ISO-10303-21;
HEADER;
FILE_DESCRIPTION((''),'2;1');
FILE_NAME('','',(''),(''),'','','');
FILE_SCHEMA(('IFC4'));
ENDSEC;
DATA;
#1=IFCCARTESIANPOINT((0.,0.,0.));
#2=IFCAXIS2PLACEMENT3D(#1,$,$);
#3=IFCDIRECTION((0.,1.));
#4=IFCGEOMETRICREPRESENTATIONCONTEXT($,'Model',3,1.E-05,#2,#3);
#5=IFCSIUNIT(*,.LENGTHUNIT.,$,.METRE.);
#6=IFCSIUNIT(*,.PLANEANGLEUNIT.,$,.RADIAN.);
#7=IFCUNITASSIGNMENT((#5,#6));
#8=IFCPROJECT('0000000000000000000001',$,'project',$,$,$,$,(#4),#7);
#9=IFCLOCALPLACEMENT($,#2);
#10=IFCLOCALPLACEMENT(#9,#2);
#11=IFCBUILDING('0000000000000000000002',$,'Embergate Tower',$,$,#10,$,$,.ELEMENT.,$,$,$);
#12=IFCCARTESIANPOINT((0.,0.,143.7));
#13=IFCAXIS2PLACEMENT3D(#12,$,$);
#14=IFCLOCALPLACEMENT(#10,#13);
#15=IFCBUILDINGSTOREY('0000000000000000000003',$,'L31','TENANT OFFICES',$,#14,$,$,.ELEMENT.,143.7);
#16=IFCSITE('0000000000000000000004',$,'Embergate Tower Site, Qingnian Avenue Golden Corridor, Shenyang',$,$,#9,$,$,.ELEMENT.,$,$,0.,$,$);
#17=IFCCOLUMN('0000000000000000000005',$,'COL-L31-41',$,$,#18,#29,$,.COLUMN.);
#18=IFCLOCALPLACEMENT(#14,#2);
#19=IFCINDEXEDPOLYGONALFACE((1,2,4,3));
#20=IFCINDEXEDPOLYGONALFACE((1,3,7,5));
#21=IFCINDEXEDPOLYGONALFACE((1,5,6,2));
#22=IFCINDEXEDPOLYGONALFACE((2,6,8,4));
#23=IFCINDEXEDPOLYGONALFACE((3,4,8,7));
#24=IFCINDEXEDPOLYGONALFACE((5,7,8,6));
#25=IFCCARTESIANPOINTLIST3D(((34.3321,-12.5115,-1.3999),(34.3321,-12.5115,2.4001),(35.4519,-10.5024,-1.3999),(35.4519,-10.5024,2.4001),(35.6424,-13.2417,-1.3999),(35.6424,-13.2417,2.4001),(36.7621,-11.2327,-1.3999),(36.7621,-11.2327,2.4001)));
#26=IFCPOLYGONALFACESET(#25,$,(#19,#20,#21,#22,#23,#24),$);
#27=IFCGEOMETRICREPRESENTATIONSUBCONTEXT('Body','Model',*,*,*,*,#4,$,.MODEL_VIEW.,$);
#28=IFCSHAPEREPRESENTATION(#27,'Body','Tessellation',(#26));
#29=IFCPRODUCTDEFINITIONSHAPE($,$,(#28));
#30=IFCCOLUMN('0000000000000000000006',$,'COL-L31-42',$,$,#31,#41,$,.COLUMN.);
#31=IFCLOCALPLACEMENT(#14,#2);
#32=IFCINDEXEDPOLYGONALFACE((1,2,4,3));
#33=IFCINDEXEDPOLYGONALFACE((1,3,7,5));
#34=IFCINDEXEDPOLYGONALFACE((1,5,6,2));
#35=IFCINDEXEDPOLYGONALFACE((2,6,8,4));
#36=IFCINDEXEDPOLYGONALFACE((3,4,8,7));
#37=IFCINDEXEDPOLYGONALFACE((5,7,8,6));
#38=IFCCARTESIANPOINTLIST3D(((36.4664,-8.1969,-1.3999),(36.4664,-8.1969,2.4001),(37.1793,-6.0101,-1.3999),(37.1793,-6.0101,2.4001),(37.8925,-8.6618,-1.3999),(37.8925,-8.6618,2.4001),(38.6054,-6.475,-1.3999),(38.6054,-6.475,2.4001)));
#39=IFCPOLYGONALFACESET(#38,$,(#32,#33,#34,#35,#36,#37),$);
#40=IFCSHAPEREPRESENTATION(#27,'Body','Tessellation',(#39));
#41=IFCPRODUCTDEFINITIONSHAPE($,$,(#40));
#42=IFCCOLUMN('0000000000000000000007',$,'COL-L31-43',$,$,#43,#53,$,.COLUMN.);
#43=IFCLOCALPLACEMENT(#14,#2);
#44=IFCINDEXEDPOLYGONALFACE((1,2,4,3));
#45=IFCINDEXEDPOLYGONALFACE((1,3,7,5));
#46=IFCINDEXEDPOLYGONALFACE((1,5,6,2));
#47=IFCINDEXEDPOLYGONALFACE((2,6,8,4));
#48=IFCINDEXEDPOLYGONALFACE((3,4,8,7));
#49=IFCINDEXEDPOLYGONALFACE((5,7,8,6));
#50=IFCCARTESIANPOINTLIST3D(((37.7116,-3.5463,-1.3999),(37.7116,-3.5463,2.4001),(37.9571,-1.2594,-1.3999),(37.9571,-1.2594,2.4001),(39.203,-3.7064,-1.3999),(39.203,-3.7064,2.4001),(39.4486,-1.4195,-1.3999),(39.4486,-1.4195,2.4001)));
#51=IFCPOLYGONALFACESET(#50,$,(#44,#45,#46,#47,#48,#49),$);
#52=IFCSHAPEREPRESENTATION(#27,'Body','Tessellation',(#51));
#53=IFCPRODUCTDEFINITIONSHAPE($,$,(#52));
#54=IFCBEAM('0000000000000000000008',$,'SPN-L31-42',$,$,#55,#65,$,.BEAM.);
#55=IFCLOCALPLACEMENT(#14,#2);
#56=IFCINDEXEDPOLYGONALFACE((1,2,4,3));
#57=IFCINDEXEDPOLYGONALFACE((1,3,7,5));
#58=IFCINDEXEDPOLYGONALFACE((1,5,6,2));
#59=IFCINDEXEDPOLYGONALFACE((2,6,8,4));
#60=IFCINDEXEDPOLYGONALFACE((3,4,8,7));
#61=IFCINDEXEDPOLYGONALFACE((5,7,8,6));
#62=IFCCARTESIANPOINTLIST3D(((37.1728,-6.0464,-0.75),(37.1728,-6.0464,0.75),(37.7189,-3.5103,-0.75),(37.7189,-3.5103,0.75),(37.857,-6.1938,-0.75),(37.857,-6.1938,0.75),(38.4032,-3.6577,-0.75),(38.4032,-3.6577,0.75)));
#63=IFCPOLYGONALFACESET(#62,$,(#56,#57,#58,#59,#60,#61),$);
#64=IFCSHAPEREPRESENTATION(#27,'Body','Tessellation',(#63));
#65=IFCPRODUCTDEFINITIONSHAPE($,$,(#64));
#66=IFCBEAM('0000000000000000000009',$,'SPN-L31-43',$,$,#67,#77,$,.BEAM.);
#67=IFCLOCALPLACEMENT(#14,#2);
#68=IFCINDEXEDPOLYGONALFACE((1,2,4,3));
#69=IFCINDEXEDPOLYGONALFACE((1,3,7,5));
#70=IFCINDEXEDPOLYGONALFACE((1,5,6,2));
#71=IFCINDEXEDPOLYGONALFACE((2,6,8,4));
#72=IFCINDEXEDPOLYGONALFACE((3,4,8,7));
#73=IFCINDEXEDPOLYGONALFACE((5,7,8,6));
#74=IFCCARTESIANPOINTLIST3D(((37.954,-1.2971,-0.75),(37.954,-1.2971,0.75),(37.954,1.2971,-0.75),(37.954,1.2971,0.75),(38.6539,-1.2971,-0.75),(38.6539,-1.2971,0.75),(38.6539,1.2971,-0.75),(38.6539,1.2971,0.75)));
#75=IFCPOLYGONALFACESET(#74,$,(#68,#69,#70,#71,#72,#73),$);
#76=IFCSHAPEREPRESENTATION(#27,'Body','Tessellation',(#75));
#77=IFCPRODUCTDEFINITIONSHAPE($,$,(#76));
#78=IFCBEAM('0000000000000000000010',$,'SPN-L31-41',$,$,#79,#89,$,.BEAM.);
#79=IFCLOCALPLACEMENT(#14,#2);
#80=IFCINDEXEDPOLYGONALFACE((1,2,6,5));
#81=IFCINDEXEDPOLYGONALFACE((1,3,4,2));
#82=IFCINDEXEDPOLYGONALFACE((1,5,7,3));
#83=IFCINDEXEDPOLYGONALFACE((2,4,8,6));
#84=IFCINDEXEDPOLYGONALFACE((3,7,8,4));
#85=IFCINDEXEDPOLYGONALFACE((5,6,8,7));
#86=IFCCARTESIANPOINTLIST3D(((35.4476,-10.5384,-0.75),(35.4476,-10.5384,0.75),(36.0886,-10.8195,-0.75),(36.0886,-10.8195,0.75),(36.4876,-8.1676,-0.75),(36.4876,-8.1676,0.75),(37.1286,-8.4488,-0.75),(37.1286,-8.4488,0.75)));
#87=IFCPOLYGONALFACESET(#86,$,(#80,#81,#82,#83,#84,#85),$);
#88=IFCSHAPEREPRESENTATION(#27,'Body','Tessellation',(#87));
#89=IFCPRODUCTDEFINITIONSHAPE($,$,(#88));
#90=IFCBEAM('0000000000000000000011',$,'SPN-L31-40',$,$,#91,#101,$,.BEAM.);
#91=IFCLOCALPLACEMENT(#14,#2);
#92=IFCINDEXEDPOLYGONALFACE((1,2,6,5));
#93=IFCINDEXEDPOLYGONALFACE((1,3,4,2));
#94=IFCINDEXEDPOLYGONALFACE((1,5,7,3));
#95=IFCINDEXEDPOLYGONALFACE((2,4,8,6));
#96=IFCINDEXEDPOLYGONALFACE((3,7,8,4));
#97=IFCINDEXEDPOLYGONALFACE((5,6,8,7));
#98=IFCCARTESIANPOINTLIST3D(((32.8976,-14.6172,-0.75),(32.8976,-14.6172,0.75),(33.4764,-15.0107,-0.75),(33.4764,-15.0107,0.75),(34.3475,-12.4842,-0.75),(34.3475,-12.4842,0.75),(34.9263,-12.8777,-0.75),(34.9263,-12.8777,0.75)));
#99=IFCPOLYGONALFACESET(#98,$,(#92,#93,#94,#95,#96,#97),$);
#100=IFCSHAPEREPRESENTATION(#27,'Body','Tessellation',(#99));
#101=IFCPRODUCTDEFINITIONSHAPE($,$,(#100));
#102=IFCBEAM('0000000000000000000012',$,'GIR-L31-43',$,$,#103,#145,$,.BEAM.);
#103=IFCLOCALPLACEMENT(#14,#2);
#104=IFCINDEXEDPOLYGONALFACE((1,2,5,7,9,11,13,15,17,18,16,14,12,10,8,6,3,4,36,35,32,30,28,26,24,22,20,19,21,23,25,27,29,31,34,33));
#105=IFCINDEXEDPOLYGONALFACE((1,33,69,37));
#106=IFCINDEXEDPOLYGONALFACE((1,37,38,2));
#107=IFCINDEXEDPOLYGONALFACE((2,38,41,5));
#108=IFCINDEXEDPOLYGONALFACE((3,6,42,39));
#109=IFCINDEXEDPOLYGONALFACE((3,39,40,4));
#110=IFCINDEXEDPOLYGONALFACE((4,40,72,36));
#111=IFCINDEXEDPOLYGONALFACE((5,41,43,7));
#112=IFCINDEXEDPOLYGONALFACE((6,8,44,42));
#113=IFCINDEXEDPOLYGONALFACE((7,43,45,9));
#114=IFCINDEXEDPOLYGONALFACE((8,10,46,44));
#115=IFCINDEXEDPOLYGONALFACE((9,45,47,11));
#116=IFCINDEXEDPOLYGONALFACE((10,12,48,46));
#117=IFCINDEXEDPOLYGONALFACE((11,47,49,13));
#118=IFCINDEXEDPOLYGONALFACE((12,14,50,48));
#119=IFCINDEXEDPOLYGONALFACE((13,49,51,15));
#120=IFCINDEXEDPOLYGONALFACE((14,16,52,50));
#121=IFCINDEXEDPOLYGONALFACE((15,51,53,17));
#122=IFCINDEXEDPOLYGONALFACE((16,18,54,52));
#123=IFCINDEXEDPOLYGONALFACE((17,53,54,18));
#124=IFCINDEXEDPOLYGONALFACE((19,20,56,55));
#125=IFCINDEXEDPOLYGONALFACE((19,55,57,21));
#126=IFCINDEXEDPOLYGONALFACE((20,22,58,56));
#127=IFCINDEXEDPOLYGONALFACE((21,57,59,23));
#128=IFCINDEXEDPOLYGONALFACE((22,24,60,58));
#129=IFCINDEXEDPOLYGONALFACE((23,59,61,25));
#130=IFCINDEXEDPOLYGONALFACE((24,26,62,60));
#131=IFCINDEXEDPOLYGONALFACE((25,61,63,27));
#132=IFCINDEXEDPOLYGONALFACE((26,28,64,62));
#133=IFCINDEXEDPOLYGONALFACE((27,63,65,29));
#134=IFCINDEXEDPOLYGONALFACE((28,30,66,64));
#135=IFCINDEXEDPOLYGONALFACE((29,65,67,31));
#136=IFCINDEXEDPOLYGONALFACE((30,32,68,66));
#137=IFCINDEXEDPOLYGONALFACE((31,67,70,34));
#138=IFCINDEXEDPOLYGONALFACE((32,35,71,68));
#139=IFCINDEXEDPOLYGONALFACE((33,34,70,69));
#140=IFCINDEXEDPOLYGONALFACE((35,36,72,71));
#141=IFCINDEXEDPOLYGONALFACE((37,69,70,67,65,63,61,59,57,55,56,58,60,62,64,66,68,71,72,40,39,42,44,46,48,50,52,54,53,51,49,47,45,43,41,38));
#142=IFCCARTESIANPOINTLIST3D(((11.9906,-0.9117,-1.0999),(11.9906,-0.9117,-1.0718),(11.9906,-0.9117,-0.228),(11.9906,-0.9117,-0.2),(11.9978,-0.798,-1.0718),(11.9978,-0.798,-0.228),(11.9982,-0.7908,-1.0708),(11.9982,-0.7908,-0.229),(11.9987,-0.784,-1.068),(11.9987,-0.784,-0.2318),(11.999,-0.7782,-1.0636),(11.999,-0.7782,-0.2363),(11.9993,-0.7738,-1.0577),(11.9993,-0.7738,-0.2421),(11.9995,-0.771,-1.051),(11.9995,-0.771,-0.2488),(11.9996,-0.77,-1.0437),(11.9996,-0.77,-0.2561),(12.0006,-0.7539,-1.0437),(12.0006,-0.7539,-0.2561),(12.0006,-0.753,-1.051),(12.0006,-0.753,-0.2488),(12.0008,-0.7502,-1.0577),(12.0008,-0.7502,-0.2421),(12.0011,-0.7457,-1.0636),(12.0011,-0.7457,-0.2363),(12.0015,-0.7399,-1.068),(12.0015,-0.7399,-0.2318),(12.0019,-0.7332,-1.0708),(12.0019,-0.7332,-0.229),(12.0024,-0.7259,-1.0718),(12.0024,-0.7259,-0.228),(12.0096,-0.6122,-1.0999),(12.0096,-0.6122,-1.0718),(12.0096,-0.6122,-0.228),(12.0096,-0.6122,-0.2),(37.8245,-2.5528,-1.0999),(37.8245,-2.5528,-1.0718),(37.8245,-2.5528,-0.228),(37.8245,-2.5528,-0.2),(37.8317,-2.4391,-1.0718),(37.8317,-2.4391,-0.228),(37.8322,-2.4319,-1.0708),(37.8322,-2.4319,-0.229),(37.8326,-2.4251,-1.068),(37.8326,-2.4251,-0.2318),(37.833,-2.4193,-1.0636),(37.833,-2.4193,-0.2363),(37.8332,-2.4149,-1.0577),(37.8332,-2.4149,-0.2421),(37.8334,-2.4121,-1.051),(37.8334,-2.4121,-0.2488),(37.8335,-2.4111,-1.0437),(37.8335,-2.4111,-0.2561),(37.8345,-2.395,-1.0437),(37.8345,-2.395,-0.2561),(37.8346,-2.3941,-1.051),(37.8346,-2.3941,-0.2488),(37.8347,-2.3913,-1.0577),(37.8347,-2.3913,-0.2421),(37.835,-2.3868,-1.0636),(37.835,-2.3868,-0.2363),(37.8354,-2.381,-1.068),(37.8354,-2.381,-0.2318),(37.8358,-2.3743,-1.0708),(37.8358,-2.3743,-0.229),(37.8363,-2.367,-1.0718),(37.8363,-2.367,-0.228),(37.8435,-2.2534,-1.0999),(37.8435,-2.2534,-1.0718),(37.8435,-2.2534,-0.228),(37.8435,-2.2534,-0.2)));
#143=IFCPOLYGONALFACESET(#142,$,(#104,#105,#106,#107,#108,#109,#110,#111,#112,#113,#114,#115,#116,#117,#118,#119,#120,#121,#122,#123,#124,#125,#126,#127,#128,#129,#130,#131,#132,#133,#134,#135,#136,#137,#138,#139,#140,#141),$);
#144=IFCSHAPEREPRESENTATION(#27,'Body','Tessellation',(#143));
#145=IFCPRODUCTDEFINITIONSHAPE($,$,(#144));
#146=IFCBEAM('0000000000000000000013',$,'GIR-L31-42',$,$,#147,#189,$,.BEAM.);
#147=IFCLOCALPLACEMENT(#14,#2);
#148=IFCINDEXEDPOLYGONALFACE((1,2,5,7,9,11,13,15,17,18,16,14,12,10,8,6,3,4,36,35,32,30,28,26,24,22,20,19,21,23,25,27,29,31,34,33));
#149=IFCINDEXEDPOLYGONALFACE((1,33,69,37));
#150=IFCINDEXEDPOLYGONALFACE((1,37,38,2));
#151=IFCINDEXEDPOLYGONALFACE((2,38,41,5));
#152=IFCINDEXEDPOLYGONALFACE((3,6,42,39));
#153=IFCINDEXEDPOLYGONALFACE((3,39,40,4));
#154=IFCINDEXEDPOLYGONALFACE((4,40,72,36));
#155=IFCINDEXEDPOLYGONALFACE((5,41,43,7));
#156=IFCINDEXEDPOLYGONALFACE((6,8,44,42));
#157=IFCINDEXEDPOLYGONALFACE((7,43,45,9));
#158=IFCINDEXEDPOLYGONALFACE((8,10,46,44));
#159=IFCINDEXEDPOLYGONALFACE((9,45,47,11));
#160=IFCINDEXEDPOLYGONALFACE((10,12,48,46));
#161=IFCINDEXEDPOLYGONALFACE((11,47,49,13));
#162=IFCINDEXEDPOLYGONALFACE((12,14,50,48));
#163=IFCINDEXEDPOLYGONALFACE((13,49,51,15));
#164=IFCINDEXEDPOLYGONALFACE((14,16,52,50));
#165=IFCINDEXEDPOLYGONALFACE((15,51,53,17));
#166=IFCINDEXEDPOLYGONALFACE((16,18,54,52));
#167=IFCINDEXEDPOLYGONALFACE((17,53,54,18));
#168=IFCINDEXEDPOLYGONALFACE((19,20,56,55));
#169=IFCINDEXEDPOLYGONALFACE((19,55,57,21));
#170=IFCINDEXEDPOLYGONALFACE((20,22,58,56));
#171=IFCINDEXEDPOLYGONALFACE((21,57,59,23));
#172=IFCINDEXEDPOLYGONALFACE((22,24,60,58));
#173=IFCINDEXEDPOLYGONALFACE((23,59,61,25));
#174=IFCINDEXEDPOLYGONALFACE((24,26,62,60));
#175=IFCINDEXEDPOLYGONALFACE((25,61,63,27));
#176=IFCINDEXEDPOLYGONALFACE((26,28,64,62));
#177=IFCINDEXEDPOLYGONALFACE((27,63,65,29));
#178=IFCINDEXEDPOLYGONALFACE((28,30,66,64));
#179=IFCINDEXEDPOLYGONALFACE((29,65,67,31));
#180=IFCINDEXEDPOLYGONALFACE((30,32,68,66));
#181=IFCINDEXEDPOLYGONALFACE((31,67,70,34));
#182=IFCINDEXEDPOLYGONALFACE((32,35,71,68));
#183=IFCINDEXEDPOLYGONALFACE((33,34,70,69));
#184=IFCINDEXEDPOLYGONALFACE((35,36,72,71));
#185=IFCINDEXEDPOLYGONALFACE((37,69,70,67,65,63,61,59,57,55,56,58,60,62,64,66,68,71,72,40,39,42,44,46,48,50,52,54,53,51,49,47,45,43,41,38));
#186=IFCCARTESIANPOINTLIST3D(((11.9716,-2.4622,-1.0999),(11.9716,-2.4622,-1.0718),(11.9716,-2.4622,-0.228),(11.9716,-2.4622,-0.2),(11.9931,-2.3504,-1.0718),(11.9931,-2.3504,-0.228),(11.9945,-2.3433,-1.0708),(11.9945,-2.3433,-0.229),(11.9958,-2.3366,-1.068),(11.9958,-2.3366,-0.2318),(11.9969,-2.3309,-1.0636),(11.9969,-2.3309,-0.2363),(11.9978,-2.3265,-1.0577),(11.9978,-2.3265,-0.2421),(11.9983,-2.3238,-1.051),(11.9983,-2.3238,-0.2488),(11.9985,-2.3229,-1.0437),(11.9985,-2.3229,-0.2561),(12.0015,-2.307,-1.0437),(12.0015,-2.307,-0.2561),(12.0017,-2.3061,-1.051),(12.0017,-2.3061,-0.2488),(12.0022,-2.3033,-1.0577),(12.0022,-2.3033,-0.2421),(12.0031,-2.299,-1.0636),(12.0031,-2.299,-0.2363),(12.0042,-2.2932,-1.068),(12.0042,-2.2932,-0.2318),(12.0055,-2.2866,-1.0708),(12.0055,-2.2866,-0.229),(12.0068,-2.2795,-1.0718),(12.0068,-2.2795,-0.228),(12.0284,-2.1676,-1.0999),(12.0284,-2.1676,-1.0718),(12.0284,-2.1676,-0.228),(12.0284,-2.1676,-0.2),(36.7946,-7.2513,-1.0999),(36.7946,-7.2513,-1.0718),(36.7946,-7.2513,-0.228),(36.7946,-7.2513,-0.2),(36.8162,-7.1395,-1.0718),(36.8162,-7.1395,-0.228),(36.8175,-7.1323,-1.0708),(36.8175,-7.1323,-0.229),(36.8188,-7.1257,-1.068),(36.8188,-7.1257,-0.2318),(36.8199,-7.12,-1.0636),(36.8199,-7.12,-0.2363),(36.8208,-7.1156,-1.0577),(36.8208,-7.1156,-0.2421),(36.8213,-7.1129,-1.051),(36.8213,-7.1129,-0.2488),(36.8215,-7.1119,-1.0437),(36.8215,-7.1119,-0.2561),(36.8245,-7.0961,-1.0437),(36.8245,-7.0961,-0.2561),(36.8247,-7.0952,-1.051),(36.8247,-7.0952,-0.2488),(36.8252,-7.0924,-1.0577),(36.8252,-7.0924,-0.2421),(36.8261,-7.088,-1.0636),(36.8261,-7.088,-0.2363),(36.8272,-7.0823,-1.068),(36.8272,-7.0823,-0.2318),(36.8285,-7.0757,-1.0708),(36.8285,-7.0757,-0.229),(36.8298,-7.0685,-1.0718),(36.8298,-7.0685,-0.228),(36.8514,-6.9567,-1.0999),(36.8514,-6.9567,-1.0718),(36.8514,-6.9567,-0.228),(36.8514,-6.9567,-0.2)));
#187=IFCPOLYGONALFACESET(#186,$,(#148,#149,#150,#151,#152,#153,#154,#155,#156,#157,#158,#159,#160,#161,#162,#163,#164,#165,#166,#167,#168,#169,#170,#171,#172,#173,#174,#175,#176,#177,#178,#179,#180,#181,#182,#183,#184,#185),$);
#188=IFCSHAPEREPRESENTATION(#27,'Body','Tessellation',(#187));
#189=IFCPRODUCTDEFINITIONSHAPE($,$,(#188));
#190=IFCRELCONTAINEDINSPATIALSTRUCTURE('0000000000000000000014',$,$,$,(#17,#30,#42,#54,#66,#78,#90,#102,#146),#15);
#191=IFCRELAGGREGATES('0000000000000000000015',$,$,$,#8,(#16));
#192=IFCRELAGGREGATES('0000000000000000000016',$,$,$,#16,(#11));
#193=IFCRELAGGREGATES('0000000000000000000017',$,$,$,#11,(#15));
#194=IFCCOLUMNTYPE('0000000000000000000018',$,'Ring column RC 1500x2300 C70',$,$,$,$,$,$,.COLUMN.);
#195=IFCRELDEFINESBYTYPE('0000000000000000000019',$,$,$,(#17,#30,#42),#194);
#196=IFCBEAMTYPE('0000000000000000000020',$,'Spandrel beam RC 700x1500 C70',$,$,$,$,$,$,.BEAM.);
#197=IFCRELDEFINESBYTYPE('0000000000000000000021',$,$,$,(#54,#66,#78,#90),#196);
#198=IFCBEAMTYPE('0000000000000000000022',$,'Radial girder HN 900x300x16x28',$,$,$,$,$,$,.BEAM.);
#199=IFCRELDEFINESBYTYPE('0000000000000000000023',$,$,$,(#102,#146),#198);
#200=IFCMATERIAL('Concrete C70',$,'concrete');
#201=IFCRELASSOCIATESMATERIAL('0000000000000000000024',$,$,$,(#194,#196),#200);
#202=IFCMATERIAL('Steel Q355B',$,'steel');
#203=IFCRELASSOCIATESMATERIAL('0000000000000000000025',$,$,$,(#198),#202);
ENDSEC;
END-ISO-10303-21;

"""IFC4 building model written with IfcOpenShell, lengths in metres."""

from ifc_helpers import new_model, si_unit, direction, frame, origin, origin_2d, place, context, subcontext, project, spatial, rectangle, i_section, extrude, source, transform, mapped, material, material_profile, profile_set, type_object, element, save


model = new_model("IFC4")

# Units and contexts
model_context = context("Model", 3, precision=1e-05, world=origin(), true_north=direction((0.0, 1.0)))
body_context = subcontext(model_context, "Body", "Model", "MODEL_VIEW")
ifc_project = project(units=[si_unit("LENGTHUNIT", "METRE"), si_unit("PLANEANGLEUNIT", "RADIAN")], contexts=[model_context])

# Site, building, storey
site_placement = place(None, origin())
site = spatial("IfcSite", under=ifc_project, at=site_placement, Name="Embergate Tower Site, Qingnian Avenue Golden Corridor, Shenyang", CompositionType="ELEMENT", RefElevation=0.0)
building_placement = place(site_placement, origin())
building = spatial("IfcBuilding", under=site, at=building_placement, Name="Embergate Tower", CompositionType="ELEMENT")
storey_placement = place(building_placement, frame((0.0, 0.0, 143.7)))
storey = spatial("IfcBuildingStorey", under=building, at=storey_placement, Name="L31", Description="TENANT OFFICES", CompositionType="ELEMENT", Elevation=143.7)

# Columns
ifc_material_1 = material(Name="Concrete C70", Category="concrete")
ifc_material_profile_1 = material_profile(ifc_material_1, rectangle(XDim=1.5, YDim=2.3, at=origin_2d()), Name="RC 1500x2300")
ifc_profile_set_1 = profile_set([ifc_material_profile_1], Name="Concrete C70")
column_type = type_object("IfcColumnType", Name="Ring column RC 1500x2300 C70", PredefinedType="COLUMN", material=ifc_profile_set_1)
shared_shape_1 = source(origin(), body_context, "Body", "SweptSolid", [
    extrude(rectangle(XDim=1.5, YDim=2.3, at=origin_2d()), origin(), (0.0, 0.0, 1.0), 3.8),
])
for number, where, z_axis, x_axis, name in (
    (1, (35.5471, -11.8721, -1.3999), (0.0, 0.0, 1.0), (0.873492, -0.486839, 0.0), "COL-L31-41"),
    (2, (37.5359, -7.3359, -1.3999), (0.0, 0.0, 1.0), (0.950754, -0.309946, 0.0), "COL-L31-42"),
    (3, (38.5801, -2.4829, -1.3999), (0.0, 0.0, 1.0), (0.994286, -0.10675, 0.0), "COL-L31-43"),
):
    element("IfcColumn", number, at=place(storey_placement, frame(where, z_axis=z_axis, x_axis=x_axis)), inside=storey, type_object=column_type, Name=name, PredefinedType="COLUMN", context=body_context, shape_type="MappedRepresentation", body=[
        mapped(shared_shape_1, transform((0.0, 0.0, 0.0))),
    ])

# Beams
ifc_material_profile_2 = material_profile(ifc_material_1, rectangle(XDim=0.7, YDim=1.5, at=origin_2d()), Name="RC 700x1500")
ifc_profile_set_2 = profile_set([ifc_material_profile_2], Name="Concrete C70")
beam_type_1 = type_object("IfcBeamType", Name="Spandrel beam RC 700x1500 C70", PredefinedType="BEAM", material=ifc_profile_set_2)
shared_shape_2 = source(origin(), body_context, "Body", "SweptSolid", [
    extrude(rectangle(XDim=0.7, YDim=1.5, at=origin_2d()), origin(), (0.0, 0.0, 1.0), 2.5942),
])
for number, where, z_axis, x_axis, name in (
    (4, (37.5149, -6.1201, 0.0), (0.210519, 0.97759, 0.0), (-0.97759, 0.210519, 0.0), "SPN-L31-42"),
    (5, (38.304, -1.2971, 0.0), (0.0, 1.0, 0.0), (-1.0, 0.0, 0.0), "SPN-L31-43"),
):
    element("IfcBeam", number, at=place(storey_placement, frame(where, z_axis=z_axis, x_axis=x_axis)), inside=storey, type_object=beam_type_1, Name=name, PredefinedType="BEAM", context=body_context, shape_type="MappedRepresentation", body=[
        mapped(shared_shape_2, transform((0.0, 0.0, 0.0))),
    ])
shared_shape_3 = source(origin(), body_context, "Body", "SweptSolid", [
    extrude(rectangle(XDim=0.7, YDim=1.5, at=origin_2d()), origin(), (0.0, 0.0, 1.0), 2.5889),
])
beam_1_placement = place(storey_placement, frame((35.7681, -10.679, 0.0), z_axis=(0.401724, 0.915761, 0.0), x_axis=(-0.915761, 0.401724, 0.0)))
element("IfcBeam", 6, at=beam_1_placement, inside=storey, type_object=beam_type_1, Name="SPN-L31-41", PredefinedType="BEAM", context=body_context, shape_type="MappedRepresentation", body=[
    mapped(shared_shape_3, transform((0.0, 0.0, 0.0))),
])
shared_shape_4 = source(origin(), body_context, "Body", "SweptSolid", [
    extrude(rectangle(XDim=0.7, YDim=1.5, at=origin_2d()), origin(), (0.0, 0.0, 1.0), 2.5791),
])
beam_2_placement = place(storey_placement, frame((33.187, -14.814, 0.0), z_axis=(0.56217, 0.827022, 0.0), x_axis=(-0.827022, 0.56217, 0.0)))
element("IfcBeam", 7, at=beam_2_placement, inside=storey, type_object=beam_type_1, Name="SPN-L31-40", PredefinedType="BEAM", context=body_context, shape_type="MappedRepresentation", body=[
    mapped(shared_shape_4, transform((0.0, 0.0, 0.0))),
])
ifc_material_2 = material(Name="Steel Q355B", Category="steel")
ifc_material_profile_3 = material_profile(ifc_material_2, i_section(OverallWidth=0.3, OverallDepth=0.8999, WebThickness=0.0161, FlangeThickness=0.0281, FilletRadius=0.0281, at=origin_2d()), Name="HN 900x300x16x28")
ifc_profile_set_3 = profile_set([ifc_material_profile_3], Name="Steel Q355 grade B")
beam_type_2 = type_object("IfcBeamType", Name="Radial girder HN 900x300x16x28", PredefinedType="BEAM", material=ifc_profile_set_3)
shared_shape_5 = source(origin(), body_context, "Body", "SweptSolid", [
    extrude(i_section(OverallWidth=0.3, OverallDepth=0.8999, WebThickness=0.0161, FlangeThickness=0.0281, FilletRadius=0.0281, at=origin_2d()), origin(), (0.0, 0.0, 1.0), 25.886),
])
beam_3_placement = place(storey_placement, frame((37.834, -2.4031, -0.6499), z_axis=(-0.997988, 0.063398, 0.0), x_axis=(-0.063398, -0.997988, 0.0)))
element("IfcBeam", 8, at=beam_3_placement, inside=storey, type_object=beam_type_2, Name="GIR-L31-43", PredefinedType="BEAM", context=body_context, shape_type="MappedRepresentation", body=[
    mapped(shared_shape_5, transform((0.0, 0.0, 0.0))),
])
shared_shape_6 = source(origin(), body_context, "Body", "SweptSolid", [
    extrude(i_section(OverallWidth=0.3, OverallDepth=0.8999, WebThickness=0.0161, FlangeThickness=0.0281, FilletRadius=0.0281, at=origin_2d()), origin(), (0.0, 0.0, 1.0), 25.2808),
])
beam_4_placement = place(storey_placement, frame((36.823, -7.104, -0.6499), z_axis=(-0.981893, 0.189435, 0.0), x_axis=(-0.189435, -0.981893, 0.0)))
element("IfcBeam", 9, at=beam_4_placement, inside=storey, type_object=beam_type_2, Name="GIR-L31-42", PredefinedType="BEAM", context=body_context, shape_type="MappedRepresentation", body=[
    mapped(shared_shape_6, transform((0.0, 0.0, 0.0))),
])

save(model, "model.ifc")
